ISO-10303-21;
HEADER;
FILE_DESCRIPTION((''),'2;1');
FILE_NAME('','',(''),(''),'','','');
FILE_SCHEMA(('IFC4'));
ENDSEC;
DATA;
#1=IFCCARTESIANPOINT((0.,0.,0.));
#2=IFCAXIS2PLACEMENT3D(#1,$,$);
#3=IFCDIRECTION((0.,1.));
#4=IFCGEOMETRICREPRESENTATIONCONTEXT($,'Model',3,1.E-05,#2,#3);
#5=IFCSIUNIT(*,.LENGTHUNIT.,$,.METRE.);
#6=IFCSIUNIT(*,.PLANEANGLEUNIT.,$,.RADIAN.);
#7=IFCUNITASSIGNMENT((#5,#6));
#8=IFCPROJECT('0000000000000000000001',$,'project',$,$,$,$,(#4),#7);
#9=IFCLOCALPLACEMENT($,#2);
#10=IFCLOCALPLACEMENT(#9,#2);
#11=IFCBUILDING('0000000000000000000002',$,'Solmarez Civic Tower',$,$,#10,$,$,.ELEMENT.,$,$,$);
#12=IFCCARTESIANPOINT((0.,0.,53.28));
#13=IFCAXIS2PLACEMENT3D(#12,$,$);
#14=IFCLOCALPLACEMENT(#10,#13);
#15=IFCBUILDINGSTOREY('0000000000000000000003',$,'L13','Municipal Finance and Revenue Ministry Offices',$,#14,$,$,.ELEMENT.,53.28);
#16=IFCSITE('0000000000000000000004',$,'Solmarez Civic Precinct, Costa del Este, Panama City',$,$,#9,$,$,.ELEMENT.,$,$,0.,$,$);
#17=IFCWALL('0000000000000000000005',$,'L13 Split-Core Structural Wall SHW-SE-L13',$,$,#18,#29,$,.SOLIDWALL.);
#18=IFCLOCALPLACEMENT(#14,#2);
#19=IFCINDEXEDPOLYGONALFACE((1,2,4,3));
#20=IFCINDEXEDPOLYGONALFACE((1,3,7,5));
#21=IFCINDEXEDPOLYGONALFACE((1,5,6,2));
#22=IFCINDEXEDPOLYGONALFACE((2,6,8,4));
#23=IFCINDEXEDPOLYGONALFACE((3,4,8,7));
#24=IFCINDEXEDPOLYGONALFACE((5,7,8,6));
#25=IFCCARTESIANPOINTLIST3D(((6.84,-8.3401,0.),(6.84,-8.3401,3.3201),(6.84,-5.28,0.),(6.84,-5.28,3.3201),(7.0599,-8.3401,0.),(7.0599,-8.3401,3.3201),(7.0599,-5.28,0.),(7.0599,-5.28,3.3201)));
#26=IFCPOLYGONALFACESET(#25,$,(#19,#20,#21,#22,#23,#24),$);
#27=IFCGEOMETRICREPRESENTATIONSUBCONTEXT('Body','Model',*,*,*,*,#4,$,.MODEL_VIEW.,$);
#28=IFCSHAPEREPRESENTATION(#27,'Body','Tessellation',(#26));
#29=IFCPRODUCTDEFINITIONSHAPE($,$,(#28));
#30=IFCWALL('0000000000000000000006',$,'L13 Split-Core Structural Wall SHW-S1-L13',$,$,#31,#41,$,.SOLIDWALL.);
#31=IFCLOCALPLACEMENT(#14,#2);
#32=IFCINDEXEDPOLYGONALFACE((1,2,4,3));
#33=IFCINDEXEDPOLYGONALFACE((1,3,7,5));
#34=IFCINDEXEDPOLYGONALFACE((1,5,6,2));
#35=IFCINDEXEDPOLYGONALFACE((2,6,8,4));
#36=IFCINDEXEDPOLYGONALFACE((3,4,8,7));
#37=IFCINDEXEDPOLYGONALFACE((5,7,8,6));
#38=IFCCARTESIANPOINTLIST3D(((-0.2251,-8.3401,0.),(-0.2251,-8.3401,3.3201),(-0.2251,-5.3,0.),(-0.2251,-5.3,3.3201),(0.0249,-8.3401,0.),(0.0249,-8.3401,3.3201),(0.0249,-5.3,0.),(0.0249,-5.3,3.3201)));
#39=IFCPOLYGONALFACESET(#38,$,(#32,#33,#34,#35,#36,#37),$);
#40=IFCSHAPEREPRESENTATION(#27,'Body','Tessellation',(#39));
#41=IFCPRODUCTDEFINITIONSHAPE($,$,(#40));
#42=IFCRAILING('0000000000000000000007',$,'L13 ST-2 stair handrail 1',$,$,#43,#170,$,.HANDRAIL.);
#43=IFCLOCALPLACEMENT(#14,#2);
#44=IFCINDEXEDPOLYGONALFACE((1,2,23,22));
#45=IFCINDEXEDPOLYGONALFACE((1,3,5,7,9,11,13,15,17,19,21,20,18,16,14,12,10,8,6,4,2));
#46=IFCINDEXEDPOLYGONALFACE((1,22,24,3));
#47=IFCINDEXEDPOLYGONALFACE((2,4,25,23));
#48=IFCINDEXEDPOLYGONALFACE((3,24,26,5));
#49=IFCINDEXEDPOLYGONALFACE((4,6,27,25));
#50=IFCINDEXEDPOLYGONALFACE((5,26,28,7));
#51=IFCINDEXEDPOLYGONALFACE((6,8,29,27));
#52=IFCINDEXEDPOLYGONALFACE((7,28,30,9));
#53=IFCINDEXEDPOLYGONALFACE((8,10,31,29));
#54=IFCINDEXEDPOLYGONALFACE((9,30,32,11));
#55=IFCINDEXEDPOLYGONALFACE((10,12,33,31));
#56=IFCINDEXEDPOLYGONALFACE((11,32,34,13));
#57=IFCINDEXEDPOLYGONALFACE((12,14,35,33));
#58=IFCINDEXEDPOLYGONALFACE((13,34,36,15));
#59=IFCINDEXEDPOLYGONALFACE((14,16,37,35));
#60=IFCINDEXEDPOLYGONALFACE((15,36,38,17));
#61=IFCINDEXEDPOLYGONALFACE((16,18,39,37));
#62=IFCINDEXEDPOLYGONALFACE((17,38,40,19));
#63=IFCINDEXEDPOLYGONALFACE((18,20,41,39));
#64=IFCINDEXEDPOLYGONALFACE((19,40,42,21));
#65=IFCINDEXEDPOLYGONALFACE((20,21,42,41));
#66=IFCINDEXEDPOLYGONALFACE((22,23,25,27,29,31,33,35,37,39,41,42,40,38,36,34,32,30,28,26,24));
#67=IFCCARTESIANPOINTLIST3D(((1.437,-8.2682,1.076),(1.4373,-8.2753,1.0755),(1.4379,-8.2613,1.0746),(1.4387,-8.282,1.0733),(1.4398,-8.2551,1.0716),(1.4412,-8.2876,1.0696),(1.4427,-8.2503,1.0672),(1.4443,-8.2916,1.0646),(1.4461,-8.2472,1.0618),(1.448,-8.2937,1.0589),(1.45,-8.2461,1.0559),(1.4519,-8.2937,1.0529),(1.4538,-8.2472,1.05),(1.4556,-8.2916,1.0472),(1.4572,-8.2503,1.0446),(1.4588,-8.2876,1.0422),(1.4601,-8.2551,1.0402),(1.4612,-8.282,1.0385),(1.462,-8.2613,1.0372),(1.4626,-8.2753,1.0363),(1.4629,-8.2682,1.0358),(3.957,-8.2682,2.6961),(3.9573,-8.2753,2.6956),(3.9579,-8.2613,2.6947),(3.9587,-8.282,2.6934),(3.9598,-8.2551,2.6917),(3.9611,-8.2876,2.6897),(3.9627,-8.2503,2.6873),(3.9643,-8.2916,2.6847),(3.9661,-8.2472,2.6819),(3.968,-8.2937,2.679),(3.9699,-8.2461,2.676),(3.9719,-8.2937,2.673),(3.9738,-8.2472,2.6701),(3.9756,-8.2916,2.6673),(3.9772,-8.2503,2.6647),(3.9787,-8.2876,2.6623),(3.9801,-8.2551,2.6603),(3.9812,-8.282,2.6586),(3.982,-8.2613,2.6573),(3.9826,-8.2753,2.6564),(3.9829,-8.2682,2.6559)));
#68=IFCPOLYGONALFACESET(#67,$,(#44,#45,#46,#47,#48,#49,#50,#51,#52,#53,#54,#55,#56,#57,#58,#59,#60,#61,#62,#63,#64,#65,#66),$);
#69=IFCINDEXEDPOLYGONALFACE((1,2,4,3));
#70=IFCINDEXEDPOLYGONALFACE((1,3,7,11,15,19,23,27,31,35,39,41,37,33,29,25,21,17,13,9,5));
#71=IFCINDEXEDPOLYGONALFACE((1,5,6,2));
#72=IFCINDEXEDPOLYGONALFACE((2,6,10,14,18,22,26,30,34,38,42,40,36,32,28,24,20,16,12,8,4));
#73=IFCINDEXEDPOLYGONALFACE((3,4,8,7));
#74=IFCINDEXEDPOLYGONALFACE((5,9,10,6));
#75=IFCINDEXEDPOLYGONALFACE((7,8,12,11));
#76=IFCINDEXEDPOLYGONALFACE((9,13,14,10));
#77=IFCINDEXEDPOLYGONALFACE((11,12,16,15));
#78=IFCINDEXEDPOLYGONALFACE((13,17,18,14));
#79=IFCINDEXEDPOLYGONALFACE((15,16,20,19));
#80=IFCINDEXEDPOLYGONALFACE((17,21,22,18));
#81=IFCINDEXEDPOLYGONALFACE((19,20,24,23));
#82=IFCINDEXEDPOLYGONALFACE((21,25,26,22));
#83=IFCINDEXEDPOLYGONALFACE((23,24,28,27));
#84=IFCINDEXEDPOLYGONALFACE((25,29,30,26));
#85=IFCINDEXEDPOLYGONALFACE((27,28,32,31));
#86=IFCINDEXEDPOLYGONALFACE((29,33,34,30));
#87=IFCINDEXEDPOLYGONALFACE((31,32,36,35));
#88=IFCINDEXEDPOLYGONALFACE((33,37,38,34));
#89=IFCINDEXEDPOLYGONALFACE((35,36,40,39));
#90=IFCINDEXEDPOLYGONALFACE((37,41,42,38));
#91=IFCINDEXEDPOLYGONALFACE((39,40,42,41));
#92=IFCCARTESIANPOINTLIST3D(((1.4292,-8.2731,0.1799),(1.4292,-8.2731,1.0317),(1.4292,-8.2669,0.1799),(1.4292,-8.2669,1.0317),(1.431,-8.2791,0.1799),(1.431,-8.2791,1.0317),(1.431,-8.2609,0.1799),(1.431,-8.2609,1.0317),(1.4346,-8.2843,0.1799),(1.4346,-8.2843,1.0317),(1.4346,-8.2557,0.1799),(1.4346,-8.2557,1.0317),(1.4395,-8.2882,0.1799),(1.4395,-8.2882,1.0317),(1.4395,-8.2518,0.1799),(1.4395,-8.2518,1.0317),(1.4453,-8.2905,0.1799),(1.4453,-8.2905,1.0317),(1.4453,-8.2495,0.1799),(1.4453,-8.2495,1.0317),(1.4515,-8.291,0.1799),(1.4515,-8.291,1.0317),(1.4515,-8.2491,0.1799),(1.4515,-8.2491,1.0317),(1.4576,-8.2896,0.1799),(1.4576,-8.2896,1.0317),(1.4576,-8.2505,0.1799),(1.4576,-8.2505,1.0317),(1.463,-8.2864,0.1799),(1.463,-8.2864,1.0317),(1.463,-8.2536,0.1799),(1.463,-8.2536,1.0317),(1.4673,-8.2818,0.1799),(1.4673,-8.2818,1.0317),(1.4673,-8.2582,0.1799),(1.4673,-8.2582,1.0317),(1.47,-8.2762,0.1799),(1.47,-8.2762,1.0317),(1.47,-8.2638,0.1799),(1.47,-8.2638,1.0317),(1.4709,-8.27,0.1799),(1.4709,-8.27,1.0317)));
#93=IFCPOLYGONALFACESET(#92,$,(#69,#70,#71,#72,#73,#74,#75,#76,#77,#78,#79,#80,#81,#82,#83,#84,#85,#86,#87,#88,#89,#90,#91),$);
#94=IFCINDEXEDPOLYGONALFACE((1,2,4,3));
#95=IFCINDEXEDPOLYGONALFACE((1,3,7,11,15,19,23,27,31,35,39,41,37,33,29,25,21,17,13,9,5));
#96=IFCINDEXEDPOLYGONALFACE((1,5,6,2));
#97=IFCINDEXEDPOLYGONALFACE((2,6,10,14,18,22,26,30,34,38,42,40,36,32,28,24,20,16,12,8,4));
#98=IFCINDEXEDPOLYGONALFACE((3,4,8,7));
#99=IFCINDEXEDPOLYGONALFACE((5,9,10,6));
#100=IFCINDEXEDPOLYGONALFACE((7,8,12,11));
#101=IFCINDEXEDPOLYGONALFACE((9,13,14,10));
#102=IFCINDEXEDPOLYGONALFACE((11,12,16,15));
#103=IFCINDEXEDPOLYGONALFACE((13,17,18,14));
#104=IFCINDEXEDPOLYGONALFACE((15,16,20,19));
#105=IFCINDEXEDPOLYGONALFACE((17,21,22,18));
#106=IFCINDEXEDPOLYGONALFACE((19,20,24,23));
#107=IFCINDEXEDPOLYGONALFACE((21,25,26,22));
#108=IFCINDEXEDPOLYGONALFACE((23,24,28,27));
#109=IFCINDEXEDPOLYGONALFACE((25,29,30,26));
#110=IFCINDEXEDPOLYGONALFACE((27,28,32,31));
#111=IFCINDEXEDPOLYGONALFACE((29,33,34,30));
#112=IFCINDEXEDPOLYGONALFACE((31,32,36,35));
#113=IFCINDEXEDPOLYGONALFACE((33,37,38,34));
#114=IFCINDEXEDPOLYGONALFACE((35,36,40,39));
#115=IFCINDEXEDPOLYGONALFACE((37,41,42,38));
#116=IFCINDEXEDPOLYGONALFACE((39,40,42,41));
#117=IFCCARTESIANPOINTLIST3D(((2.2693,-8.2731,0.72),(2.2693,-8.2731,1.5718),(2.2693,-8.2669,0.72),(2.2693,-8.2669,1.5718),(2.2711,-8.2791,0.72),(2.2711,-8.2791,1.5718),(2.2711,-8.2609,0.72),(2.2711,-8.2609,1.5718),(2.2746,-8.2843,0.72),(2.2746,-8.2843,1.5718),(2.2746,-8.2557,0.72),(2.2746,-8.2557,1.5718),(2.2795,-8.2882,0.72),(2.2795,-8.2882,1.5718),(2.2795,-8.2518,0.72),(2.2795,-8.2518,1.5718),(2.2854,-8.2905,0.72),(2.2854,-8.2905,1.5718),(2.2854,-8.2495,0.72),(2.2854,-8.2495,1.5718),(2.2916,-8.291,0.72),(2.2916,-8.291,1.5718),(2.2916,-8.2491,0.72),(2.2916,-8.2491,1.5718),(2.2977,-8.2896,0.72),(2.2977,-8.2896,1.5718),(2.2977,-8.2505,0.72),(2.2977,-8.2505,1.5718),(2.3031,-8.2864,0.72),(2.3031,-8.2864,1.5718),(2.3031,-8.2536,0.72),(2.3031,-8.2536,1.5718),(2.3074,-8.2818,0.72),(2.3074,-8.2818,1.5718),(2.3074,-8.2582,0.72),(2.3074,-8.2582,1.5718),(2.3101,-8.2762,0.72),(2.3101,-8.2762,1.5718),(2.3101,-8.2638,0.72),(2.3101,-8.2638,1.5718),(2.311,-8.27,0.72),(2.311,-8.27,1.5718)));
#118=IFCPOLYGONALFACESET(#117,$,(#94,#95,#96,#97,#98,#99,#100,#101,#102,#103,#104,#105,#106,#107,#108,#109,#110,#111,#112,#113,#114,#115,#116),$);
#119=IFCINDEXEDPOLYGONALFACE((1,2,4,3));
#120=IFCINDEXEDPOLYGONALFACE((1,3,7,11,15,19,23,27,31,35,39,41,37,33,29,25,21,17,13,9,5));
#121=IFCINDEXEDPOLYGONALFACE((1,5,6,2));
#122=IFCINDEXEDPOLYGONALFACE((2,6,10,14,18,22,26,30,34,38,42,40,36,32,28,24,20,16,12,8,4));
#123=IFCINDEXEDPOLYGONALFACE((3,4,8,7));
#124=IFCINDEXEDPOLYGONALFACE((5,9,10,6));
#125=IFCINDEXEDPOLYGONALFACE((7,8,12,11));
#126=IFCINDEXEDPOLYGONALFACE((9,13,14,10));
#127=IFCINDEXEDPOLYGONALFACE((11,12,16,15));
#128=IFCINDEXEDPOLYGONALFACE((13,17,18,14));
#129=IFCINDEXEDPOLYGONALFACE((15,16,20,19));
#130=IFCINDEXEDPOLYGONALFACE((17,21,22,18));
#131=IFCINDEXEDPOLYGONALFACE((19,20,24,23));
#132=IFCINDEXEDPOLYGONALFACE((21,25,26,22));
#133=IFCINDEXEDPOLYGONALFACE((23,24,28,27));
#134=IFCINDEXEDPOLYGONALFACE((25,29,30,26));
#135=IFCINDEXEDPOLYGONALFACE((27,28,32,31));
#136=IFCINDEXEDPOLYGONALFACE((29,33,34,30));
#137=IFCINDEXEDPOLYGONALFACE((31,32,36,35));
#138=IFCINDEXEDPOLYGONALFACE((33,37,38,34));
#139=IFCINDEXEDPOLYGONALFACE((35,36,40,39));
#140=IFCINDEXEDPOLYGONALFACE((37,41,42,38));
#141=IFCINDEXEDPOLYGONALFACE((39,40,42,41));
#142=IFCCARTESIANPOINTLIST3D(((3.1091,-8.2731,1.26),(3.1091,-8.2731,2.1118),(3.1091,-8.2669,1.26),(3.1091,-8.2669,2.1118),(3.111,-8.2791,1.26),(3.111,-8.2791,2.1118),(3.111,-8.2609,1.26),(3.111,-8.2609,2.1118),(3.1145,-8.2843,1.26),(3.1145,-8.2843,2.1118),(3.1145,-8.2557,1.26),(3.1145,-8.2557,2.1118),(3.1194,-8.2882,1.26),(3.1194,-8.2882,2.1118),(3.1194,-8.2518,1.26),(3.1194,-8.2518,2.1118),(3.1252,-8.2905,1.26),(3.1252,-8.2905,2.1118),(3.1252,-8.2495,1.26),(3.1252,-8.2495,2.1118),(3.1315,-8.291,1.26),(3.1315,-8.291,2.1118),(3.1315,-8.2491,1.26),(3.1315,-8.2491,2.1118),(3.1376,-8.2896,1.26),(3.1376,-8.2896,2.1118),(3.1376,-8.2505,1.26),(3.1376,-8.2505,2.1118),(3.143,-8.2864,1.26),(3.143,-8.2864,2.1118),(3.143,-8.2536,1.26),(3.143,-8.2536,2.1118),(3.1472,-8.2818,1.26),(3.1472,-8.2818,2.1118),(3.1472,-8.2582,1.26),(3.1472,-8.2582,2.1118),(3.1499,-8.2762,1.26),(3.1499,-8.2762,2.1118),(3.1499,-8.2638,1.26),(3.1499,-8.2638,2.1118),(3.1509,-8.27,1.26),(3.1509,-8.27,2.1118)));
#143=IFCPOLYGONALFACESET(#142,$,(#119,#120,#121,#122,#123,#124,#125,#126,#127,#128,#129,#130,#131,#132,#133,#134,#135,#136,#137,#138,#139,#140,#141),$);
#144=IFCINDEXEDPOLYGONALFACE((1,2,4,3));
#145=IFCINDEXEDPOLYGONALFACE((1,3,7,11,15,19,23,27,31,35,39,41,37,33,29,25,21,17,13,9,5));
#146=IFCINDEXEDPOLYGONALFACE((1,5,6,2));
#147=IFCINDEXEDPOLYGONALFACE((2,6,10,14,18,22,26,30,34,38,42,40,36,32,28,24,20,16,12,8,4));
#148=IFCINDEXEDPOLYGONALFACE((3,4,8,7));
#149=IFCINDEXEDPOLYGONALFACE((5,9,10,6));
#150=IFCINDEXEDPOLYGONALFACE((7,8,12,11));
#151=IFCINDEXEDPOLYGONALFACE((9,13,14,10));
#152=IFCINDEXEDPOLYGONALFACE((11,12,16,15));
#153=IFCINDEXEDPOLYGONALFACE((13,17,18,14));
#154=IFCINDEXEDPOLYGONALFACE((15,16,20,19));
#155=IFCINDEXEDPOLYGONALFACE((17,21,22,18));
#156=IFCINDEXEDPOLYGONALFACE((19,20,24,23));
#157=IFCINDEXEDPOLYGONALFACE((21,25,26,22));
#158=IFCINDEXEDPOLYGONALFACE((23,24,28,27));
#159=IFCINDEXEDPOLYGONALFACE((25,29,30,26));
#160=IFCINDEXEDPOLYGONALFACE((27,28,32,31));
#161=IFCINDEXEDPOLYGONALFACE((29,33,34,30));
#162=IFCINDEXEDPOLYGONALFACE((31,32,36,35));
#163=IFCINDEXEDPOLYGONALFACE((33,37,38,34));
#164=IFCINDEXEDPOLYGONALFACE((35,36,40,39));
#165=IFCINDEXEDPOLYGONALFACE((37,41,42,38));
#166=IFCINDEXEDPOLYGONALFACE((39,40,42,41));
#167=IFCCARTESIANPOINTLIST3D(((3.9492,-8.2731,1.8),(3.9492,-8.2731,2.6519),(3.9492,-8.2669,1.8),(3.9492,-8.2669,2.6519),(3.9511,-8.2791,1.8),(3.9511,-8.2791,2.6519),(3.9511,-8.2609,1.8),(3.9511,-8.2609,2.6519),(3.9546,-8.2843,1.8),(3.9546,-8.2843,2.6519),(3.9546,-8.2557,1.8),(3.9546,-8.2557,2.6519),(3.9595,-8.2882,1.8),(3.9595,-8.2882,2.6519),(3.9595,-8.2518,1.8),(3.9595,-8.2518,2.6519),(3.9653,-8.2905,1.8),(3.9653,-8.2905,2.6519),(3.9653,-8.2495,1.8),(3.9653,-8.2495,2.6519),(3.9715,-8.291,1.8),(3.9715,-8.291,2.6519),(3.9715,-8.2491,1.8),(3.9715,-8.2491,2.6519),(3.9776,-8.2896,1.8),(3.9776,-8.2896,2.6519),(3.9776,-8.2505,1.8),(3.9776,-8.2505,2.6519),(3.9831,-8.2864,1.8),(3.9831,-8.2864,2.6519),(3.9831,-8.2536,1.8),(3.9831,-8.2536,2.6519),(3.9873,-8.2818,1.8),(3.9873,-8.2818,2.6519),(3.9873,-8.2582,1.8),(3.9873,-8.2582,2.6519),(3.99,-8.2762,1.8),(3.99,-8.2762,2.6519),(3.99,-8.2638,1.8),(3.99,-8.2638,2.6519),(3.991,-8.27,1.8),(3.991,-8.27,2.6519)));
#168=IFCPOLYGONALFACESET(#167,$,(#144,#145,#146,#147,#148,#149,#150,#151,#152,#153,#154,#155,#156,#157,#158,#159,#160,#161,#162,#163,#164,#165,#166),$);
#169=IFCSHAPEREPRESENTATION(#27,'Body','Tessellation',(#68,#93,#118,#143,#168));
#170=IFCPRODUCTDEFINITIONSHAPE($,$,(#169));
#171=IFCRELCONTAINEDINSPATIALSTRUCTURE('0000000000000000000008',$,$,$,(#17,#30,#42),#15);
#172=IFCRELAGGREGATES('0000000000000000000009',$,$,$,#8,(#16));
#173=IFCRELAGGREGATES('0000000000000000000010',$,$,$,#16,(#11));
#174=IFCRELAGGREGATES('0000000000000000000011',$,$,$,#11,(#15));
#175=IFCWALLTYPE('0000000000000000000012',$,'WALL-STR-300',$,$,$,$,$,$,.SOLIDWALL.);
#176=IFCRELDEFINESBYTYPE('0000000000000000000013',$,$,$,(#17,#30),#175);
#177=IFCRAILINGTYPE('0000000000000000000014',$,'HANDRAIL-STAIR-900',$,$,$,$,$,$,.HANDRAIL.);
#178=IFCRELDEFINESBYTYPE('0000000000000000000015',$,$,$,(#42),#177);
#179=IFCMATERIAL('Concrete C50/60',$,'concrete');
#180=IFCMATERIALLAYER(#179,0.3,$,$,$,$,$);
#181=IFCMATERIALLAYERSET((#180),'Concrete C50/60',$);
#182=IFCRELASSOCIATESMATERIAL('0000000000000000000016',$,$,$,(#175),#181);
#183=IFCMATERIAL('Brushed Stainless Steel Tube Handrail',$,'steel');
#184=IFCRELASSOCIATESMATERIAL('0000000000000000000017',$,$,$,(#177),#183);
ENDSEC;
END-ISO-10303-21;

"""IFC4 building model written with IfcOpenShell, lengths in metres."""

from ifc_helpers import new_model, si_unit, direction, frame, frame_2d, origin, origin_2d, place, context, subcontext, project, spatial, rectangle, circle, extrude, material, layer, layer_set, type_object, element, save


model = new_model("IFC4")

# Units and contexts
model_context = context("Model", 3, precision=1e-05, world=origin(), true_north=direction((0.0, 1.0)))
body_context = subcontext(model_context, "Body", "Model", "MODEL_VIEW")
ifc_project = project(units=[si_unit("LENGTHUNIT", "METRE"), si_unit("PLANEANGLEUNIT", "RADIAN")], contexts=[model_context])

# Site, building, storey
site_placement = place(None, origin())
site = spatial("IfcSite", under=ifc_project, at=site_placement, Name="Solmarez Civic Precinct, Costa del Este, Panama City", CompositionType="ELEMENT", RefElevation=0.0)
building_placement = place(site_placement, origin())
building = spatial("IfcBuilding", under=site, at=building_placement, Name="Solmarez Civic Tower", CompositionType="ELEMENT")
storey_placement = place(building_placement, frame((0.0, 0.0, 53.28)))
storey = spatial("IfcBuildingStorey", under=building, at=storey_placement, Name="L13", Description="Municipal Finance and Revenue Ministry Offices", CompositionType="ELEMENT", Elevation=53.28)

# Shared definitions
ifc_material_1 = material(Name="Concrete C50/60", Category="concrete")

# Walls
ifc_layer_1 = layer(ifc_material_1, 0.3)
ifc_layer_set_1 = layer_set([ifc_layer_1], Name="Concrete C50/60")
wall_type_1 = type_object("IfcWallType", Name="WALL-STR-300", PredefinedType="SOLIDWALL", material=ifc_layer_set_1)
wall_1_placement = place(storey_placement, frame((6.95, -8.3401, 0.0), z_axis=(0.0, 0.0, 1.0), x_axis=(0.0, 1.0, 0.0)))
element("IfcWall", 1, at=wall_1_placement, inside=storey, type_object=wall_type_1, Name="L13 Split-Core Structural Wall SHW-SE-L13", PredefinedType="SOLIDWALL", context=body_context, shape_type="SweptSolid", body=[
    extrude(rectangle(XDim=3.0601, YDim=0.22, at=frame_2d((1.53, 0.0))), origin(), (0.0, 0.0, 1.0), 3.3201),
])
wall_2_placement = place(storey_placement, frame((-0.1001, -8.3401, 0.0), z_axis=(0.0, 0.0, 1.0), x_axis=(0.0, 1.0, 0.0)))
element("IfcWall", 2, at=wall_2_placement, inside=storey, type_object=wall_type_1, Name="L13 Split-Core Structural Wall SHW-S1-L13", PredefinedType="SOLIDWALL", context=body_context, shape_type="SweptSolid", body=[
    extrude(rectangle(XDim=3.04, YDim=0.25, at=frame_2d((1.52, 0.0))), origin(), (0.0, 0.0, 1.0), 3.3201),
])

# Railing
ifc_material_2 = material(Name="Brushed Stainless Steel Tube Handrail", Category="steel")
railing_type = type_object("IfcRailingType", Name="HANDRAIL-STAIR-900", PredefinedType="HANDRAIL", material=ifc_material_2)
railing_placement = place(storey_placement, frame((1.45, -8.27, 0.1799)))
element("IfcRailing", 3, at=railing_placement, inside=storey, type_object=railing_type, Name="L13 ST-2 stair handrail 1", PredefinedType="HANDRAIL", context=body_context, shape_type="SweptSolid", body=[
    extrude(circle(Radius=0.0239, at=origin_2d()), frame((0.0, 0.0, 0.876), z_axis=(0.841163, 0.0, 0.540782), x_axis=(0.0, 1.0, 0.0)), (0.0, 0.0, 1.0), 2.9958),
    extrude(circle(Radius=0.021, at=origin_2d()), origin(), (0.0, 0.0, 1.0), 0.8518),
    extrude(circle(Radius=0.021, at=origin_2d()), frame((0.8401, 0.0, 0.54)), (0.0, 0.0, 1.0), 0.8518),
    extrude(circle(Radius=0.021, at=origin_2d()), frame((1.6799, 0.0, 1.0801)), (0.0, 0.0, 1.0), 0.8518),
    extrude(circle(Radius=0.021, at=origin_2d()), frame((2.52, 0.0, 1.6201)), (0.0, 0.0, 1.0), 0.8518),
])

save(model, "model.ifc")
